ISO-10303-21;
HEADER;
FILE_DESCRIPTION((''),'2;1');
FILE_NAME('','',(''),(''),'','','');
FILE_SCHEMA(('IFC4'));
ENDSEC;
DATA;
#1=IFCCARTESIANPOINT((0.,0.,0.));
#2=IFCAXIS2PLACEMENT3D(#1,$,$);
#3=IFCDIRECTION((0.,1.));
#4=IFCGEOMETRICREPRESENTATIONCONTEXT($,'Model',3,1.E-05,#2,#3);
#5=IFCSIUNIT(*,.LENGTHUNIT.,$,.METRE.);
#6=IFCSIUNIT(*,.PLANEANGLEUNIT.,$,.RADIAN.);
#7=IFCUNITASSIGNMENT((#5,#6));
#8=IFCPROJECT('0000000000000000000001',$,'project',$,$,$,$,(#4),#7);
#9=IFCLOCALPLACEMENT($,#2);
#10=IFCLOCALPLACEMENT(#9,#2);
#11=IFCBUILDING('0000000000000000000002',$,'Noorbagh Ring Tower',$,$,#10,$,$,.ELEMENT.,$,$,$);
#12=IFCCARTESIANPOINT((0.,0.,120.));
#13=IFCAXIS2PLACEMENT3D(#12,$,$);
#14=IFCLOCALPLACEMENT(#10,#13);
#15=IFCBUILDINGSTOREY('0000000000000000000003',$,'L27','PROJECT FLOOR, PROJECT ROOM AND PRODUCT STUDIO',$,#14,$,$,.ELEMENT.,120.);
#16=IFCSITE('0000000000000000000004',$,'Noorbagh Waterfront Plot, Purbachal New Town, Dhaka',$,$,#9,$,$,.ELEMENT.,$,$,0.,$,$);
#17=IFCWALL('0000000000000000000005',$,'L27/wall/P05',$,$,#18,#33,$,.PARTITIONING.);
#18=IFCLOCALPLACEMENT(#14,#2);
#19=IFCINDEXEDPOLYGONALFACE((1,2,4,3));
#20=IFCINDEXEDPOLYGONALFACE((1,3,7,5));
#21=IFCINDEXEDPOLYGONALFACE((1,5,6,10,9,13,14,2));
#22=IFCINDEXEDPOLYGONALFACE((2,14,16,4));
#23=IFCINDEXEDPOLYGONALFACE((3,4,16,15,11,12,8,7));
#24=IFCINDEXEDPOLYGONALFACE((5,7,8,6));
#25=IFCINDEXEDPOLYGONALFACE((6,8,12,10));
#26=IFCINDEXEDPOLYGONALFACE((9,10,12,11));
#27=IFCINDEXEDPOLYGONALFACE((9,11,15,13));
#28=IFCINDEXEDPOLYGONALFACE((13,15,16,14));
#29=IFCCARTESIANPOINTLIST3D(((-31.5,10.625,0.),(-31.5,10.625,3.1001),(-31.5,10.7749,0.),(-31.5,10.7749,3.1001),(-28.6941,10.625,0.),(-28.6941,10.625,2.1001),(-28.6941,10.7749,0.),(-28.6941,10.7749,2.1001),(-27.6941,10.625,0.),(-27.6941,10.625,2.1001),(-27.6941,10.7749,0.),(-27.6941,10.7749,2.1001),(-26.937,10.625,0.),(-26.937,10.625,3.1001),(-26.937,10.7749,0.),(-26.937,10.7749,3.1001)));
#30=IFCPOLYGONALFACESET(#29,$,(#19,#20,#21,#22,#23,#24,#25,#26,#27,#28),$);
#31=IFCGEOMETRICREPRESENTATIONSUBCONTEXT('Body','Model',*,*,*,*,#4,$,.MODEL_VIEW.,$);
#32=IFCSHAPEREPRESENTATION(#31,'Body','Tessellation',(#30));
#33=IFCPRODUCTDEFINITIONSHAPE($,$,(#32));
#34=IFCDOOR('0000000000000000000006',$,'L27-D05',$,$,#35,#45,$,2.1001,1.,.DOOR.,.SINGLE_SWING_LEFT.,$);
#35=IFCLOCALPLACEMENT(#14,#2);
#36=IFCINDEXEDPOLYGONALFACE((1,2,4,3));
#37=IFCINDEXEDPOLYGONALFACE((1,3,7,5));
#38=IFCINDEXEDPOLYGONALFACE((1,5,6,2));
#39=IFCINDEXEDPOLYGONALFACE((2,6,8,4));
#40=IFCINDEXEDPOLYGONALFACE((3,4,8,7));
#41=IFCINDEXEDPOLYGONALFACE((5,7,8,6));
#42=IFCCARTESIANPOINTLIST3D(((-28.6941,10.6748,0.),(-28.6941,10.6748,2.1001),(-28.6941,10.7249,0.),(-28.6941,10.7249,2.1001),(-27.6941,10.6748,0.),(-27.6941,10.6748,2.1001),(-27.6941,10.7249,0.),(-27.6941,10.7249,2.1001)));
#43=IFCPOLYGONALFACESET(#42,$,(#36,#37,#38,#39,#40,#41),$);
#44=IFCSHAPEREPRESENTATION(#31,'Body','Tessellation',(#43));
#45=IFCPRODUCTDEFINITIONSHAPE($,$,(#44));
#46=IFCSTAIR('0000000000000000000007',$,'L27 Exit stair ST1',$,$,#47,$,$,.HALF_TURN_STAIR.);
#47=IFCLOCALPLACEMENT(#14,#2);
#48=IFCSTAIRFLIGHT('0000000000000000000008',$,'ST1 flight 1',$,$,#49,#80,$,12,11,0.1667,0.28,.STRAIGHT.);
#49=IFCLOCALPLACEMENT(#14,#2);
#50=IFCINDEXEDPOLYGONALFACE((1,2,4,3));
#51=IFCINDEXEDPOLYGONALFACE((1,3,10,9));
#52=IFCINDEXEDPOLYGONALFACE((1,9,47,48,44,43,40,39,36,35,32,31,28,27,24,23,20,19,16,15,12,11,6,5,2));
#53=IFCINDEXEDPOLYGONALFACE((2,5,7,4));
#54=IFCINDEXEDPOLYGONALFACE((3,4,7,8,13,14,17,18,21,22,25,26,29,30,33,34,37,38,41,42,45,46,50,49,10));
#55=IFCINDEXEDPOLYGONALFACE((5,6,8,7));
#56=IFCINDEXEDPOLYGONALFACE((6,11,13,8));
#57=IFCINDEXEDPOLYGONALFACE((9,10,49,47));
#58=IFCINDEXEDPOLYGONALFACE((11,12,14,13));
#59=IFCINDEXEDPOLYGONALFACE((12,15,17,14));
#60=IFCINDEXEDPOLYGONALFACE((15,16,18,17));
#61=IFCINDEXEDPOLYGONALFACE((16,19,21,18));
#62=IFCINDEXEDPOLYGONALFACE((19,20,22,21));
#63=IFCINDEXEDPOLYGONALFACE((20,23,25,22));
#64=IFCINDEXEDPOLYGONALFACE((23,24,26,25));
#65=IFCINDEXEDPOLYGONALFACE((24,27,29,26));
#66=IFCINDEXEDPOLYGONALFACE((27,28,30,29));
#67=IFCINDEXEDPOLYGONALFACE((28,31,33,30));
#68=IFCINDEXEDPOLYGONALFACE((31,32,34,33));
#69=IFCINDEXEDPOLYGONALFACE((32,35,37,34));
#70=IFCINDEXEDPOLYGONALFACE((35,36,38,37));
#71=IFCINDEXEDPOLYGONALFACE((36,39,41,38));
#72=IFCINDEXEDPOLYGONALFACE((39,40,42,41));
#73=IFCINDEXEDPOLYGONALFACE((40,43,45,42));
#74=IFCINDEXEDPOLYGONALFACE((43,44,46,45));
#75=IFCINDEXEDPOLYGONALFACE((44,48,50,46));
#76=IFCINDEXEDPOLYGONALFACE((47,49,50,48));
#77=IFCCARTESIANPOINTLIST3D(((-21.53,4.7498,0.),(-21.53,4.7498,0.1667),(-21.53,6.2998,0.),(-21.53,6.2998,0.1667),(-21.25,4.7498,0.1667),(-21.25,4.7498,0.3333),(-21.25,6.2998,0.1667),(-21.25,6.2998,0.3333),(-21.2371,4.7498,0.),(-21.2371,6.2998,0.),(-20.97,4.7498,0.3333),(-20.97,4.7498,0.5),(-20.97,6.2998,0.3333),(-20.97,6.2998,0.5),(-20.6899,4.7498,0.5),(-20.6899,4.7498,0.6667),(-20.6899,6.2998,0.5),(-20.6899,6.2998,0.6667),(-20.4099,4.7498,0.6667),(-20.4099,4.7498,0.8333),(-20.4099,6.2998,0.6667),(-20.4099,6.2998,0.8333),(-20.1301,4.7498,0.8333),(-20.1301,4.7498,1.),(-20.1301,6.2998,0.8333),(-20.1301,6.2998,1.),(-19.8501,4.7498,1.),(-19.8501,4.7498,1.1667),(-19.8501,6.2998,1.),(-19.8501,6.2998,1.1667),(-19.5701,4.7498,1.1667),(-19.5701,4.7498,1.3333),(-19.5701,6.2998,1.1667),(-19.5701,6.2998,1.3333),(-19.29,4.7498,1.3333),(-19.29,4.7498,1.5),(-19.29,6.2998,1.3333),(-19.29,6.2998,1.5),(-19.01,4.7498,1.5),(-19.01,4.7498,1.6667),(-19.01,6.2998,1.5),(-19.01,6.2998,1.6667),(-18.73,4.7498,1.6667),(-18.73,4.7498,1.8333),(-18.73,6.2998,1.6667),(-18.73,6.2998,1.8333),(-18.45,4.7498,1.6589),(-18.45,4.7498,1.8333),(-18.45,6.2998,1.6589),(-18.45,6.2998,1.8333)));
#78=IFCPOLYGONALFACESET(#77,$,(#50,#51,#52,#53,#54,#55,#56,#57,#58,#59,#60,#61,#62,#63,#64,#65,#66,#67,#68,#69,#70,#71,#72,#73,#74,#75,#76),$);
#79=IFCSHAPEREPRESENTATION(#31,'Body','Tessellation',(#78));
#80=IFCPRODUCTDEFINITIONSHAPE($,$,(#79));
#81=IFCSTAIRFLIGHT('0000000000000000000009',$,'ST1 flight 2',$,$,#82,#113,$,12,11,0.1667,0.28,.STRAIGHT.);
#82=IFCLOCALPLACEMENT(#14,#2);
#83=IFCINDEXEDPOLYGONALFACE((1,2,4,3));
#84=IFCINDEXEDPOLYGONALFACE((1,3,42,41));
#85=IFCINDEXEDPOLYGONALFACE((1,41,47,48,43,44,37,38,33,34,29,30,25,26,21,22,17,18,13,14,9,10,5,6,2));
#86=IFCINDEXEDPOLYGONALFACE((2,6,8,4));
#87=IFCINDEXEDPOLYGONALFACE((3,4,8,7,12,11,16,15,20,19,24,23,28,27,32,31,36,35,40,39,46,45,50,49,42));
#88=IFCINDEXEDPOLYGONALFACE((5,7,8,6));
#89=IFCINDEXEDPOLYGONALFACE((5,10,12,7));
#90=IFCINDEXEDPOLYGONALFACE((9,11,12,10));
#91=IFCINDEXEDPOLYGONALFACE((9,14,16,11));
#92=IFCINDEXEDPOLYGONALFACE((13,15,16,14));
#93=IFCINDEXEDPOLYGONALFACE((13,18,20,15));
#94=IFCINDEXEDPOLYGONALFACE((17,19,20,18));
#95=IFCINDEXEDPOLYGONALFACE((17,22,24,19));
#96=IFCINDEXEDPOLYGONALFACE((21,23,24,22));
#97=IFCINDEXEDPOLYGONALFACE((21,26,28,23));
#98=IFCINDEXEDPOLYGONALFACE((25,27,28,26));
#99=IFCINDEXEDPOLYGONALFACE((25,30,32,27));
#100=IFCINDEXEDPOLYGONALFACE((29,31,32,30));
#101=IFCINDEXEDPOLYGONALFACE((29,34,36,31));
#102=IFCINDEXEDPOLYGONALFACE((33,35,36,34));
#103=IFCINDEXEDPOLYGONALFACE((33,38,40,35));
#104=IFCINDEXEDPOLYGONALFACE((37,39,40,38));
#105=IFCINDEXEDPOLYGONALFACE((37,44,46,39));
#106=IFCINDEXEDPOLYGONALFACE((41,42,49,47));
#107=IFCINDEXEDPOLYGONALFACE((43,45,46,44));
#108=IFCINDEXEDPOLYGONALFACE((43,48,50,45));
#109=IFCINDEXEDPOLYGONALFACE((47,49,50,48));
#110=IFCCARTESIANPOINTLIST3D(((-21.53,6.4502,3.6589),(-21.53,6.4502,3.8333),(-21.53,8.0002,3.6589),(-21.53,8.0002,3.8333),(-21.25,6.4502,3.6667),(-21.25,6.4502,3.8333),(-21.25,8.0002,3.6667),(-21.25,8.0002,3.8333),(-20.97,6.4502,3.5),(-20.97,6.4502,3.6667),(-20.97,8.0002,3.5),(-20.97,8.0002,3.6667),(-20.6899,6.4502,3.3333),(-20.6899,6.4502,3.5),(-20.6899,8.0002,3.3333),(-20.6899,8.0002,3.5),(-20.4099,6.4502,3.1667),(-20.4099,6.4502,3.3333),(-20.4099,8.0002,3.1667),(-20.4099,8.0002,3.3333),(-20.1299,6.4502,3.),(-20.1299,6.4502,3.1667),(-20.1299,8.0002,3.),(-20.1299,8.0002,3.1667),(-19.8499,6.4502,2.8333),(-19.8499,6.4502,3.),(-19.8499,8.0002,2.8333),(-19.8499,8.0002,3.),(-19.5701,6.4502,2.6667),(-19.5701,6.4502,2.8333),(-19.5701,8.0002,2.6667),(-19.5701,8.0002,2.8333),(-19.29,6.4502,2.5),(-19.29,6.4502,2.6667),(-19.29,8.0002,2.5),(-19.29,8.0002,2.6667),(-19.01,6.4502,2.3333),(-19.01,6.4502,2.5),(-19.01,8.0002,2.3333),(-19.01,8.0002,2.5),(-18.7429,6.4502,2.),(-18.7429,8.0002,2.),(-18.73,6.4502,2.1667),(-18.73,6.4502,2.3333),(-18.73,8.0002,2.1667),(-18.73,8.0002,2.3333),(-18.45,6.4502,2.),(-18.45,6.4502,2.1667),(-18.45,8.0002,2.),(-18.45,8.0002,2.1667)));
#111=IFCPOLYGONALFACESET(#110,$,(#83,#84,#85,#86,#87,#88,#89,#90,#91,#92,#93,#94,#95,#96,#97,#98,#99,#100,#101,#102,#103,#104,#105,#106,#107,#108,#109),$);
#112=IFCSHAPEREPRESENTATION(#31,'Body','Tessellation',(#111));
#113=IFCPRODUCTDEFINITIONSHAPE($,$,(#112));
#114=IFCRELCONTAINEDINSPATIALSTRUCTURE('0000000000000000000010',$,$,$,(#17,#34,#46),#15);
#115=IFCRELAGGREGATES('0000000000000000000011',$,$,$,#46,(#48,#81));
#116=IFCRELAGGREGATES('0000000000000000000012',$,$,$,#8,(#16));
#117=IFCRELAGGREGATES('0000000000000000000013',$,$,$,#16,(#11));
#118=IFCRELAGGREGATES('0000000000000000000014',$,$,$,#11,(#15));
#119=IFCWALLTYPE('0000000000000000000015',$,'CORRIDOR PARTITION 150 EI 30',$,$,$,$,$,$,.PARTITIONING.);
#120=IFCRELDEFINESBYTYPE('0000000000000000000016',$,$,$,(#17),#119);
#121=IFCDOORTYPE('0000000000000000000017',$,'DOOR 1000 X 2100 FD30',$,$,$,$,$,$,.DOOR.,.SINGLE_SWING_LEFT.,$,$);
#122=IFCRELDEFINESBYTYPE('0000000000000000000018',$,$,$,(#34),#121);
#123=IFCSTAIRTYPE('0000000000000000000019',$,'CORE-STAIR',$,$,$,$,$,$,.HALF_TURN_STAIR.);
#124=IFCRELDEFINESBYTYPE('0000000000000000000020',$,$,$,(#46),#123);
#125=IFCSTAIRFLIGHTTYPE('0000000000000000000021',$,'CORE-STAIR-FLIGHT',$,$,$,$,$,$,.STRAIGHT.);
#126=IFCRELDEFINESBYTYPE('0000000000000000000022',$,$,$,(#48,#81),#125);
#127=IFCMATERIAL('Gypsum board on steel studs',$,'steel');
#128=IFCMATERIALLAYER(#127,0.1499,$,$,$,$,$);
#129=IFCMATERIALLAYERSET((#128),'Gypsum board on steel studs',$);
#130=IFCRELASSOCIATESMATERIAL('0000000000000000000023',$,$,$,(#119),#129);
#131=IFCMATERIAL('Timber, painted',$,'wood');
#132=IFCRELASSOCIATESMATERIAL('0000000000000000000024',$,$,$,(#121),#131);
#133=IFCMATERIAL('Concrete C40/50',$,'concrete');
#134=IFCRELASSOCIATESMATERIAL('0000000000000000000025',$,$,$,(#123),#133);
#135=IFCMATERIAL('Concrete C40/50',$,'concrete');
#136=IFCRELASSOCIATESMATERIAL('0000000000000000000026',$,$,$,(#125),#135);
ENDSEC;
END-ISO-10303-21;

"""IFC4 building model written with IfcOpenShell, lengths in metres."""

from ifc_helpers import new_model, si_unit, direction, frame, frame_2d, origin, place, context, subcontext, project, spatial, polyline, rectangle, outline, extrude, material, layer, layer_set, type_object, element, fill, aggregate, save


model = new_model("IFC4")

# Units and contexts
model_context = context("Model", 3, precision=1e-05, world=origin(), true_north=direction((0.0, 1.0)))
body_context = subcontext(model_context, "Body", "Model", "MODEL_VIEW")
ifc_project = project(units=[si_unit("LENGTHUNIT", "METRE"), si_unit("PLANEANGLEUNIT", "RADIAN")], contexts=[model_context])

# Site, building, storey
site_placement = place(None, origin())
site = spatial("IfcSite", under=ifc_project, at=site_placement, Name="Noorbagh Waterfront Plot, Purbachal New Town, Dhaka", CompositionType="ELEMENT", RefElevation=0.0)
building_placement = place(site_placement, origin())
building = spatial("IfcBuilding", under=site, at=building_placement, Name="Noorbagh Ring Tower", CompositionType="ELEMENT")
storey_placement = place(building_placement, frame((0.0, 0.0, 120.0)))
storey = spatial("IfcBuildingStorey", under=building, at=storey_placement, Name="L27", Description="PROJECT FLOOR, PROJECT ROOM AND PRODUCT STUDIO", CompositionType="ELEMENT", Elevation=120.0)

# Shared definitions
ifc_material_1 = material(Name="Gypsum board on steel studs", Category="steel")
ifc_layer_1 = layer(ifc_material_1, 0.1499)
ifc_layer_set_1 = layer_set([ifc_layer_1], Name="Gypsum board on steel studs")
wall_type_1 = type_object("IfcWallType", Name="CORRIDOR PARTITION 150 EI 30", PredefinedType="PARTITIONING", material=ifc_layer_set_1)

# Wall, opening, door
wall_1_placement = place(storey_placement, frame((-31.5, 10.7, 0.0), z_axis=(0.0, 0.0, 1.0), x_axis=(1.0, 0.0, 0.0)))
wall_1 = element("IfcWall", 1, at=wall_1_placement, inside=storey, type_object=wall_type_1, Name="L27/wall/P05", PredefinedType="PARTITIONING", context=body_context, shape_type="SweptSolid", body=[
    extrude(rectangle(XDim=4.563, YDim=0.1499, at=frame_2d((2.2815, 0.0))), origin(), (0.0, 0.0, 1.0), 3.1001),
])
opening_1_placement = place(wall_1_placement, frame((2.8059, 0.0, 0.0)))
opening_1 = element("IfcOpeningElement", 2, at=opening_1_placement, cuts=wall_1, PredefinedType="OPENING", context=body_context, shape_type="SweptSolid", body=[
    extrude(rectangle(XDim=1.0, YDim=2.1001, at=frame_2d((0.5, 1.05))), frame((0.0, 0.085, 0.0), z_axis=(0.0, -1.0, 0.0), x_axis=(1.0, 0.0, 0.0)), (0.0, 0.0, 1.0), 0.1699),
])
ifc_material_2 = material(Name="Timber, painted", Category="wood")
door_type_1 = type_object("IfcDoorType", Name="DOOR 1000 X 2100 FD30", OperationType="SINGLE_SWING_LEFT", PredefinedType="DOOR", material=ifc_material_2)
door_1_placement = place(opening_1_placement, origin())
door_1 = element("IfcDoor", 3, at=door_1_placement, inside=storey, type_object=door_type_1, Name="L27-D05", OperationType="SINGLE_SWING_LEFT", OverallHeight=2.1001, OverallWidth=1.0, PredefinedType="DOOR", context=body_context, shape_type="SweptSolid", body=[
    extrude(rectangle(XDim=1.0, YDim=2.1001, at=frame_2d((0.5, 1.05))), frame((0.0, 0.0249, 0.0), z_axis=(0.0, -1.0, 0.0), x_axis=(1.0, 0.0, 0.0)), (0.0, 0.0, 1.0), 0.05),
])
fill(opening_1, door_1)

# Stair, stair flights
ifc_material_3 = material(Name="Concrete C40/50", Category="concrete")
stair_type = type_object("IfcStairType", Name="CORE-STAIR", PredefinedType="HALF_TURN_STAIR", material=ifc_material_3)
stair_placement = place(storey_placement, origin())
stair = element("IfcStair", 4, at=stair_placement, inside=storey, type_object=stair_type, Name="L27 Exit stair ST1", PredefinedType="HALF_TURN_STAIR")
ifc_material_4 = material(Name="Concrete C40/50", Category="concrete")
stair_flight_type = type_object("IfcStairFlightType", Name="CORE-STAIR-FLIGHT", PredefinedType="STRAIGHT", material=ifc_material_4)
stair_flight_1_placement = place(storey_placement, frame((-21.53, 5.5249, 0.0), z_axis=(0.0, 0.0, 1.0), x_axis=(1.0, 0.0, 0.0)))
stair_flight_1 = element("IfcStairFlight", 5, at=stair_flight_1_placement, type_object=stair_flight_type, Name="ST1 flight 1", NumberOfRisers=12, NumberOfTreads=11, PredefinedType="STRAIGHT", RiserHeight=0.1667, TreadLength=0.28, context=body_context, shape_type="SweptSolid", body=[
    extrude(outline(polyline([(0.0, 0.0), (0.0, 0.1667), (0.28, 0.1667), (0.28, 0.3333), (0.5601, 0.3333), (0.5601, 0.5), (0.8401, 0.5), (0.8401, 0.6667), (1.1201, 0.6667), (1.1201, 0.8333), (1.3999, 0.8333), (1.3999, 1.0), (1.6799, 1.0), (1.6799, 1.1667), (1.96, 1.1667), (1.96, 1.3333), (2.24, 1.3333), (2.24, 1.5), (2.52, 1.5), (2.52, 1.6667), (2.8, 1.6667), (2.8, 1.8333), (3.0801, 1.8333), (3.0801, 2.0), (3.0801, 1.6589), (0.293, 0.0), (0.0, 0.0)])), frame((0.0, 0.7749, 0.0), z_axis=(0.0, -1.0, 0.0), x_axis=(1.0, 0.0, 0.0)), (0.0, 0.0, 1.0), 1.55),
])
stair_flight_2_placement = place(storey_placement, frame((-18.45, 7.2251, 2.0), z_axis=(0.0, 0.0, 1.0), x_axis=(-1.0, 0.0, 0.0)))
stair_flight_2 = element("IfcStairFlight", 6, at=stair_flight_2_placement, type_object=stair_flight_type, Name="ST1 flight 2", NumberOfRisers=12, NumberOfTreads=11, PredefinedType="STRAIGHT", RiserHeight=0.1667, TreadLength=0.28, context=body_context, shape_type="SweptSolid", body=[
    extrude(outline(polyline([(0.0, 0.0), (0.0, 0.1667), (0.28, 0.1667), (0.28, 0.3333), (0.5601, 0.3333), (0.5601, 0.5), (0.8401, 0.5), (0.8401, 0.6667), (1.1201, 0.6667), (1.1201, 0.8333), (1.3999, 0.8333), (1.3999, 1.0), (1.6799, 1.0), (1.6799, 1.1667), (1.96, 1.1667), (1.96, 1.3333), (2.24, 1.3333), (2.24, 1.5), (2.52, 1.5), (2.52, 1.6667), (2.8, 1.6667), (2.8, 1.8333), (3.0801, 1.8333), (3.0801, 2.0), (3.0801, 1.6589), (0.293, 0.0), (0.0, 0.0)])), frame((0.0, 0.7749, 0.0), z_axis=(0.0, -1.0, 0.0), x_axis=(1.0, 0.0, 0.0)), (0.0, 0.0, 1.0), 1.55),
])
aggregate(stair, [stair_flight_1, stair_flight_2])

save(model, "model.ifc")
